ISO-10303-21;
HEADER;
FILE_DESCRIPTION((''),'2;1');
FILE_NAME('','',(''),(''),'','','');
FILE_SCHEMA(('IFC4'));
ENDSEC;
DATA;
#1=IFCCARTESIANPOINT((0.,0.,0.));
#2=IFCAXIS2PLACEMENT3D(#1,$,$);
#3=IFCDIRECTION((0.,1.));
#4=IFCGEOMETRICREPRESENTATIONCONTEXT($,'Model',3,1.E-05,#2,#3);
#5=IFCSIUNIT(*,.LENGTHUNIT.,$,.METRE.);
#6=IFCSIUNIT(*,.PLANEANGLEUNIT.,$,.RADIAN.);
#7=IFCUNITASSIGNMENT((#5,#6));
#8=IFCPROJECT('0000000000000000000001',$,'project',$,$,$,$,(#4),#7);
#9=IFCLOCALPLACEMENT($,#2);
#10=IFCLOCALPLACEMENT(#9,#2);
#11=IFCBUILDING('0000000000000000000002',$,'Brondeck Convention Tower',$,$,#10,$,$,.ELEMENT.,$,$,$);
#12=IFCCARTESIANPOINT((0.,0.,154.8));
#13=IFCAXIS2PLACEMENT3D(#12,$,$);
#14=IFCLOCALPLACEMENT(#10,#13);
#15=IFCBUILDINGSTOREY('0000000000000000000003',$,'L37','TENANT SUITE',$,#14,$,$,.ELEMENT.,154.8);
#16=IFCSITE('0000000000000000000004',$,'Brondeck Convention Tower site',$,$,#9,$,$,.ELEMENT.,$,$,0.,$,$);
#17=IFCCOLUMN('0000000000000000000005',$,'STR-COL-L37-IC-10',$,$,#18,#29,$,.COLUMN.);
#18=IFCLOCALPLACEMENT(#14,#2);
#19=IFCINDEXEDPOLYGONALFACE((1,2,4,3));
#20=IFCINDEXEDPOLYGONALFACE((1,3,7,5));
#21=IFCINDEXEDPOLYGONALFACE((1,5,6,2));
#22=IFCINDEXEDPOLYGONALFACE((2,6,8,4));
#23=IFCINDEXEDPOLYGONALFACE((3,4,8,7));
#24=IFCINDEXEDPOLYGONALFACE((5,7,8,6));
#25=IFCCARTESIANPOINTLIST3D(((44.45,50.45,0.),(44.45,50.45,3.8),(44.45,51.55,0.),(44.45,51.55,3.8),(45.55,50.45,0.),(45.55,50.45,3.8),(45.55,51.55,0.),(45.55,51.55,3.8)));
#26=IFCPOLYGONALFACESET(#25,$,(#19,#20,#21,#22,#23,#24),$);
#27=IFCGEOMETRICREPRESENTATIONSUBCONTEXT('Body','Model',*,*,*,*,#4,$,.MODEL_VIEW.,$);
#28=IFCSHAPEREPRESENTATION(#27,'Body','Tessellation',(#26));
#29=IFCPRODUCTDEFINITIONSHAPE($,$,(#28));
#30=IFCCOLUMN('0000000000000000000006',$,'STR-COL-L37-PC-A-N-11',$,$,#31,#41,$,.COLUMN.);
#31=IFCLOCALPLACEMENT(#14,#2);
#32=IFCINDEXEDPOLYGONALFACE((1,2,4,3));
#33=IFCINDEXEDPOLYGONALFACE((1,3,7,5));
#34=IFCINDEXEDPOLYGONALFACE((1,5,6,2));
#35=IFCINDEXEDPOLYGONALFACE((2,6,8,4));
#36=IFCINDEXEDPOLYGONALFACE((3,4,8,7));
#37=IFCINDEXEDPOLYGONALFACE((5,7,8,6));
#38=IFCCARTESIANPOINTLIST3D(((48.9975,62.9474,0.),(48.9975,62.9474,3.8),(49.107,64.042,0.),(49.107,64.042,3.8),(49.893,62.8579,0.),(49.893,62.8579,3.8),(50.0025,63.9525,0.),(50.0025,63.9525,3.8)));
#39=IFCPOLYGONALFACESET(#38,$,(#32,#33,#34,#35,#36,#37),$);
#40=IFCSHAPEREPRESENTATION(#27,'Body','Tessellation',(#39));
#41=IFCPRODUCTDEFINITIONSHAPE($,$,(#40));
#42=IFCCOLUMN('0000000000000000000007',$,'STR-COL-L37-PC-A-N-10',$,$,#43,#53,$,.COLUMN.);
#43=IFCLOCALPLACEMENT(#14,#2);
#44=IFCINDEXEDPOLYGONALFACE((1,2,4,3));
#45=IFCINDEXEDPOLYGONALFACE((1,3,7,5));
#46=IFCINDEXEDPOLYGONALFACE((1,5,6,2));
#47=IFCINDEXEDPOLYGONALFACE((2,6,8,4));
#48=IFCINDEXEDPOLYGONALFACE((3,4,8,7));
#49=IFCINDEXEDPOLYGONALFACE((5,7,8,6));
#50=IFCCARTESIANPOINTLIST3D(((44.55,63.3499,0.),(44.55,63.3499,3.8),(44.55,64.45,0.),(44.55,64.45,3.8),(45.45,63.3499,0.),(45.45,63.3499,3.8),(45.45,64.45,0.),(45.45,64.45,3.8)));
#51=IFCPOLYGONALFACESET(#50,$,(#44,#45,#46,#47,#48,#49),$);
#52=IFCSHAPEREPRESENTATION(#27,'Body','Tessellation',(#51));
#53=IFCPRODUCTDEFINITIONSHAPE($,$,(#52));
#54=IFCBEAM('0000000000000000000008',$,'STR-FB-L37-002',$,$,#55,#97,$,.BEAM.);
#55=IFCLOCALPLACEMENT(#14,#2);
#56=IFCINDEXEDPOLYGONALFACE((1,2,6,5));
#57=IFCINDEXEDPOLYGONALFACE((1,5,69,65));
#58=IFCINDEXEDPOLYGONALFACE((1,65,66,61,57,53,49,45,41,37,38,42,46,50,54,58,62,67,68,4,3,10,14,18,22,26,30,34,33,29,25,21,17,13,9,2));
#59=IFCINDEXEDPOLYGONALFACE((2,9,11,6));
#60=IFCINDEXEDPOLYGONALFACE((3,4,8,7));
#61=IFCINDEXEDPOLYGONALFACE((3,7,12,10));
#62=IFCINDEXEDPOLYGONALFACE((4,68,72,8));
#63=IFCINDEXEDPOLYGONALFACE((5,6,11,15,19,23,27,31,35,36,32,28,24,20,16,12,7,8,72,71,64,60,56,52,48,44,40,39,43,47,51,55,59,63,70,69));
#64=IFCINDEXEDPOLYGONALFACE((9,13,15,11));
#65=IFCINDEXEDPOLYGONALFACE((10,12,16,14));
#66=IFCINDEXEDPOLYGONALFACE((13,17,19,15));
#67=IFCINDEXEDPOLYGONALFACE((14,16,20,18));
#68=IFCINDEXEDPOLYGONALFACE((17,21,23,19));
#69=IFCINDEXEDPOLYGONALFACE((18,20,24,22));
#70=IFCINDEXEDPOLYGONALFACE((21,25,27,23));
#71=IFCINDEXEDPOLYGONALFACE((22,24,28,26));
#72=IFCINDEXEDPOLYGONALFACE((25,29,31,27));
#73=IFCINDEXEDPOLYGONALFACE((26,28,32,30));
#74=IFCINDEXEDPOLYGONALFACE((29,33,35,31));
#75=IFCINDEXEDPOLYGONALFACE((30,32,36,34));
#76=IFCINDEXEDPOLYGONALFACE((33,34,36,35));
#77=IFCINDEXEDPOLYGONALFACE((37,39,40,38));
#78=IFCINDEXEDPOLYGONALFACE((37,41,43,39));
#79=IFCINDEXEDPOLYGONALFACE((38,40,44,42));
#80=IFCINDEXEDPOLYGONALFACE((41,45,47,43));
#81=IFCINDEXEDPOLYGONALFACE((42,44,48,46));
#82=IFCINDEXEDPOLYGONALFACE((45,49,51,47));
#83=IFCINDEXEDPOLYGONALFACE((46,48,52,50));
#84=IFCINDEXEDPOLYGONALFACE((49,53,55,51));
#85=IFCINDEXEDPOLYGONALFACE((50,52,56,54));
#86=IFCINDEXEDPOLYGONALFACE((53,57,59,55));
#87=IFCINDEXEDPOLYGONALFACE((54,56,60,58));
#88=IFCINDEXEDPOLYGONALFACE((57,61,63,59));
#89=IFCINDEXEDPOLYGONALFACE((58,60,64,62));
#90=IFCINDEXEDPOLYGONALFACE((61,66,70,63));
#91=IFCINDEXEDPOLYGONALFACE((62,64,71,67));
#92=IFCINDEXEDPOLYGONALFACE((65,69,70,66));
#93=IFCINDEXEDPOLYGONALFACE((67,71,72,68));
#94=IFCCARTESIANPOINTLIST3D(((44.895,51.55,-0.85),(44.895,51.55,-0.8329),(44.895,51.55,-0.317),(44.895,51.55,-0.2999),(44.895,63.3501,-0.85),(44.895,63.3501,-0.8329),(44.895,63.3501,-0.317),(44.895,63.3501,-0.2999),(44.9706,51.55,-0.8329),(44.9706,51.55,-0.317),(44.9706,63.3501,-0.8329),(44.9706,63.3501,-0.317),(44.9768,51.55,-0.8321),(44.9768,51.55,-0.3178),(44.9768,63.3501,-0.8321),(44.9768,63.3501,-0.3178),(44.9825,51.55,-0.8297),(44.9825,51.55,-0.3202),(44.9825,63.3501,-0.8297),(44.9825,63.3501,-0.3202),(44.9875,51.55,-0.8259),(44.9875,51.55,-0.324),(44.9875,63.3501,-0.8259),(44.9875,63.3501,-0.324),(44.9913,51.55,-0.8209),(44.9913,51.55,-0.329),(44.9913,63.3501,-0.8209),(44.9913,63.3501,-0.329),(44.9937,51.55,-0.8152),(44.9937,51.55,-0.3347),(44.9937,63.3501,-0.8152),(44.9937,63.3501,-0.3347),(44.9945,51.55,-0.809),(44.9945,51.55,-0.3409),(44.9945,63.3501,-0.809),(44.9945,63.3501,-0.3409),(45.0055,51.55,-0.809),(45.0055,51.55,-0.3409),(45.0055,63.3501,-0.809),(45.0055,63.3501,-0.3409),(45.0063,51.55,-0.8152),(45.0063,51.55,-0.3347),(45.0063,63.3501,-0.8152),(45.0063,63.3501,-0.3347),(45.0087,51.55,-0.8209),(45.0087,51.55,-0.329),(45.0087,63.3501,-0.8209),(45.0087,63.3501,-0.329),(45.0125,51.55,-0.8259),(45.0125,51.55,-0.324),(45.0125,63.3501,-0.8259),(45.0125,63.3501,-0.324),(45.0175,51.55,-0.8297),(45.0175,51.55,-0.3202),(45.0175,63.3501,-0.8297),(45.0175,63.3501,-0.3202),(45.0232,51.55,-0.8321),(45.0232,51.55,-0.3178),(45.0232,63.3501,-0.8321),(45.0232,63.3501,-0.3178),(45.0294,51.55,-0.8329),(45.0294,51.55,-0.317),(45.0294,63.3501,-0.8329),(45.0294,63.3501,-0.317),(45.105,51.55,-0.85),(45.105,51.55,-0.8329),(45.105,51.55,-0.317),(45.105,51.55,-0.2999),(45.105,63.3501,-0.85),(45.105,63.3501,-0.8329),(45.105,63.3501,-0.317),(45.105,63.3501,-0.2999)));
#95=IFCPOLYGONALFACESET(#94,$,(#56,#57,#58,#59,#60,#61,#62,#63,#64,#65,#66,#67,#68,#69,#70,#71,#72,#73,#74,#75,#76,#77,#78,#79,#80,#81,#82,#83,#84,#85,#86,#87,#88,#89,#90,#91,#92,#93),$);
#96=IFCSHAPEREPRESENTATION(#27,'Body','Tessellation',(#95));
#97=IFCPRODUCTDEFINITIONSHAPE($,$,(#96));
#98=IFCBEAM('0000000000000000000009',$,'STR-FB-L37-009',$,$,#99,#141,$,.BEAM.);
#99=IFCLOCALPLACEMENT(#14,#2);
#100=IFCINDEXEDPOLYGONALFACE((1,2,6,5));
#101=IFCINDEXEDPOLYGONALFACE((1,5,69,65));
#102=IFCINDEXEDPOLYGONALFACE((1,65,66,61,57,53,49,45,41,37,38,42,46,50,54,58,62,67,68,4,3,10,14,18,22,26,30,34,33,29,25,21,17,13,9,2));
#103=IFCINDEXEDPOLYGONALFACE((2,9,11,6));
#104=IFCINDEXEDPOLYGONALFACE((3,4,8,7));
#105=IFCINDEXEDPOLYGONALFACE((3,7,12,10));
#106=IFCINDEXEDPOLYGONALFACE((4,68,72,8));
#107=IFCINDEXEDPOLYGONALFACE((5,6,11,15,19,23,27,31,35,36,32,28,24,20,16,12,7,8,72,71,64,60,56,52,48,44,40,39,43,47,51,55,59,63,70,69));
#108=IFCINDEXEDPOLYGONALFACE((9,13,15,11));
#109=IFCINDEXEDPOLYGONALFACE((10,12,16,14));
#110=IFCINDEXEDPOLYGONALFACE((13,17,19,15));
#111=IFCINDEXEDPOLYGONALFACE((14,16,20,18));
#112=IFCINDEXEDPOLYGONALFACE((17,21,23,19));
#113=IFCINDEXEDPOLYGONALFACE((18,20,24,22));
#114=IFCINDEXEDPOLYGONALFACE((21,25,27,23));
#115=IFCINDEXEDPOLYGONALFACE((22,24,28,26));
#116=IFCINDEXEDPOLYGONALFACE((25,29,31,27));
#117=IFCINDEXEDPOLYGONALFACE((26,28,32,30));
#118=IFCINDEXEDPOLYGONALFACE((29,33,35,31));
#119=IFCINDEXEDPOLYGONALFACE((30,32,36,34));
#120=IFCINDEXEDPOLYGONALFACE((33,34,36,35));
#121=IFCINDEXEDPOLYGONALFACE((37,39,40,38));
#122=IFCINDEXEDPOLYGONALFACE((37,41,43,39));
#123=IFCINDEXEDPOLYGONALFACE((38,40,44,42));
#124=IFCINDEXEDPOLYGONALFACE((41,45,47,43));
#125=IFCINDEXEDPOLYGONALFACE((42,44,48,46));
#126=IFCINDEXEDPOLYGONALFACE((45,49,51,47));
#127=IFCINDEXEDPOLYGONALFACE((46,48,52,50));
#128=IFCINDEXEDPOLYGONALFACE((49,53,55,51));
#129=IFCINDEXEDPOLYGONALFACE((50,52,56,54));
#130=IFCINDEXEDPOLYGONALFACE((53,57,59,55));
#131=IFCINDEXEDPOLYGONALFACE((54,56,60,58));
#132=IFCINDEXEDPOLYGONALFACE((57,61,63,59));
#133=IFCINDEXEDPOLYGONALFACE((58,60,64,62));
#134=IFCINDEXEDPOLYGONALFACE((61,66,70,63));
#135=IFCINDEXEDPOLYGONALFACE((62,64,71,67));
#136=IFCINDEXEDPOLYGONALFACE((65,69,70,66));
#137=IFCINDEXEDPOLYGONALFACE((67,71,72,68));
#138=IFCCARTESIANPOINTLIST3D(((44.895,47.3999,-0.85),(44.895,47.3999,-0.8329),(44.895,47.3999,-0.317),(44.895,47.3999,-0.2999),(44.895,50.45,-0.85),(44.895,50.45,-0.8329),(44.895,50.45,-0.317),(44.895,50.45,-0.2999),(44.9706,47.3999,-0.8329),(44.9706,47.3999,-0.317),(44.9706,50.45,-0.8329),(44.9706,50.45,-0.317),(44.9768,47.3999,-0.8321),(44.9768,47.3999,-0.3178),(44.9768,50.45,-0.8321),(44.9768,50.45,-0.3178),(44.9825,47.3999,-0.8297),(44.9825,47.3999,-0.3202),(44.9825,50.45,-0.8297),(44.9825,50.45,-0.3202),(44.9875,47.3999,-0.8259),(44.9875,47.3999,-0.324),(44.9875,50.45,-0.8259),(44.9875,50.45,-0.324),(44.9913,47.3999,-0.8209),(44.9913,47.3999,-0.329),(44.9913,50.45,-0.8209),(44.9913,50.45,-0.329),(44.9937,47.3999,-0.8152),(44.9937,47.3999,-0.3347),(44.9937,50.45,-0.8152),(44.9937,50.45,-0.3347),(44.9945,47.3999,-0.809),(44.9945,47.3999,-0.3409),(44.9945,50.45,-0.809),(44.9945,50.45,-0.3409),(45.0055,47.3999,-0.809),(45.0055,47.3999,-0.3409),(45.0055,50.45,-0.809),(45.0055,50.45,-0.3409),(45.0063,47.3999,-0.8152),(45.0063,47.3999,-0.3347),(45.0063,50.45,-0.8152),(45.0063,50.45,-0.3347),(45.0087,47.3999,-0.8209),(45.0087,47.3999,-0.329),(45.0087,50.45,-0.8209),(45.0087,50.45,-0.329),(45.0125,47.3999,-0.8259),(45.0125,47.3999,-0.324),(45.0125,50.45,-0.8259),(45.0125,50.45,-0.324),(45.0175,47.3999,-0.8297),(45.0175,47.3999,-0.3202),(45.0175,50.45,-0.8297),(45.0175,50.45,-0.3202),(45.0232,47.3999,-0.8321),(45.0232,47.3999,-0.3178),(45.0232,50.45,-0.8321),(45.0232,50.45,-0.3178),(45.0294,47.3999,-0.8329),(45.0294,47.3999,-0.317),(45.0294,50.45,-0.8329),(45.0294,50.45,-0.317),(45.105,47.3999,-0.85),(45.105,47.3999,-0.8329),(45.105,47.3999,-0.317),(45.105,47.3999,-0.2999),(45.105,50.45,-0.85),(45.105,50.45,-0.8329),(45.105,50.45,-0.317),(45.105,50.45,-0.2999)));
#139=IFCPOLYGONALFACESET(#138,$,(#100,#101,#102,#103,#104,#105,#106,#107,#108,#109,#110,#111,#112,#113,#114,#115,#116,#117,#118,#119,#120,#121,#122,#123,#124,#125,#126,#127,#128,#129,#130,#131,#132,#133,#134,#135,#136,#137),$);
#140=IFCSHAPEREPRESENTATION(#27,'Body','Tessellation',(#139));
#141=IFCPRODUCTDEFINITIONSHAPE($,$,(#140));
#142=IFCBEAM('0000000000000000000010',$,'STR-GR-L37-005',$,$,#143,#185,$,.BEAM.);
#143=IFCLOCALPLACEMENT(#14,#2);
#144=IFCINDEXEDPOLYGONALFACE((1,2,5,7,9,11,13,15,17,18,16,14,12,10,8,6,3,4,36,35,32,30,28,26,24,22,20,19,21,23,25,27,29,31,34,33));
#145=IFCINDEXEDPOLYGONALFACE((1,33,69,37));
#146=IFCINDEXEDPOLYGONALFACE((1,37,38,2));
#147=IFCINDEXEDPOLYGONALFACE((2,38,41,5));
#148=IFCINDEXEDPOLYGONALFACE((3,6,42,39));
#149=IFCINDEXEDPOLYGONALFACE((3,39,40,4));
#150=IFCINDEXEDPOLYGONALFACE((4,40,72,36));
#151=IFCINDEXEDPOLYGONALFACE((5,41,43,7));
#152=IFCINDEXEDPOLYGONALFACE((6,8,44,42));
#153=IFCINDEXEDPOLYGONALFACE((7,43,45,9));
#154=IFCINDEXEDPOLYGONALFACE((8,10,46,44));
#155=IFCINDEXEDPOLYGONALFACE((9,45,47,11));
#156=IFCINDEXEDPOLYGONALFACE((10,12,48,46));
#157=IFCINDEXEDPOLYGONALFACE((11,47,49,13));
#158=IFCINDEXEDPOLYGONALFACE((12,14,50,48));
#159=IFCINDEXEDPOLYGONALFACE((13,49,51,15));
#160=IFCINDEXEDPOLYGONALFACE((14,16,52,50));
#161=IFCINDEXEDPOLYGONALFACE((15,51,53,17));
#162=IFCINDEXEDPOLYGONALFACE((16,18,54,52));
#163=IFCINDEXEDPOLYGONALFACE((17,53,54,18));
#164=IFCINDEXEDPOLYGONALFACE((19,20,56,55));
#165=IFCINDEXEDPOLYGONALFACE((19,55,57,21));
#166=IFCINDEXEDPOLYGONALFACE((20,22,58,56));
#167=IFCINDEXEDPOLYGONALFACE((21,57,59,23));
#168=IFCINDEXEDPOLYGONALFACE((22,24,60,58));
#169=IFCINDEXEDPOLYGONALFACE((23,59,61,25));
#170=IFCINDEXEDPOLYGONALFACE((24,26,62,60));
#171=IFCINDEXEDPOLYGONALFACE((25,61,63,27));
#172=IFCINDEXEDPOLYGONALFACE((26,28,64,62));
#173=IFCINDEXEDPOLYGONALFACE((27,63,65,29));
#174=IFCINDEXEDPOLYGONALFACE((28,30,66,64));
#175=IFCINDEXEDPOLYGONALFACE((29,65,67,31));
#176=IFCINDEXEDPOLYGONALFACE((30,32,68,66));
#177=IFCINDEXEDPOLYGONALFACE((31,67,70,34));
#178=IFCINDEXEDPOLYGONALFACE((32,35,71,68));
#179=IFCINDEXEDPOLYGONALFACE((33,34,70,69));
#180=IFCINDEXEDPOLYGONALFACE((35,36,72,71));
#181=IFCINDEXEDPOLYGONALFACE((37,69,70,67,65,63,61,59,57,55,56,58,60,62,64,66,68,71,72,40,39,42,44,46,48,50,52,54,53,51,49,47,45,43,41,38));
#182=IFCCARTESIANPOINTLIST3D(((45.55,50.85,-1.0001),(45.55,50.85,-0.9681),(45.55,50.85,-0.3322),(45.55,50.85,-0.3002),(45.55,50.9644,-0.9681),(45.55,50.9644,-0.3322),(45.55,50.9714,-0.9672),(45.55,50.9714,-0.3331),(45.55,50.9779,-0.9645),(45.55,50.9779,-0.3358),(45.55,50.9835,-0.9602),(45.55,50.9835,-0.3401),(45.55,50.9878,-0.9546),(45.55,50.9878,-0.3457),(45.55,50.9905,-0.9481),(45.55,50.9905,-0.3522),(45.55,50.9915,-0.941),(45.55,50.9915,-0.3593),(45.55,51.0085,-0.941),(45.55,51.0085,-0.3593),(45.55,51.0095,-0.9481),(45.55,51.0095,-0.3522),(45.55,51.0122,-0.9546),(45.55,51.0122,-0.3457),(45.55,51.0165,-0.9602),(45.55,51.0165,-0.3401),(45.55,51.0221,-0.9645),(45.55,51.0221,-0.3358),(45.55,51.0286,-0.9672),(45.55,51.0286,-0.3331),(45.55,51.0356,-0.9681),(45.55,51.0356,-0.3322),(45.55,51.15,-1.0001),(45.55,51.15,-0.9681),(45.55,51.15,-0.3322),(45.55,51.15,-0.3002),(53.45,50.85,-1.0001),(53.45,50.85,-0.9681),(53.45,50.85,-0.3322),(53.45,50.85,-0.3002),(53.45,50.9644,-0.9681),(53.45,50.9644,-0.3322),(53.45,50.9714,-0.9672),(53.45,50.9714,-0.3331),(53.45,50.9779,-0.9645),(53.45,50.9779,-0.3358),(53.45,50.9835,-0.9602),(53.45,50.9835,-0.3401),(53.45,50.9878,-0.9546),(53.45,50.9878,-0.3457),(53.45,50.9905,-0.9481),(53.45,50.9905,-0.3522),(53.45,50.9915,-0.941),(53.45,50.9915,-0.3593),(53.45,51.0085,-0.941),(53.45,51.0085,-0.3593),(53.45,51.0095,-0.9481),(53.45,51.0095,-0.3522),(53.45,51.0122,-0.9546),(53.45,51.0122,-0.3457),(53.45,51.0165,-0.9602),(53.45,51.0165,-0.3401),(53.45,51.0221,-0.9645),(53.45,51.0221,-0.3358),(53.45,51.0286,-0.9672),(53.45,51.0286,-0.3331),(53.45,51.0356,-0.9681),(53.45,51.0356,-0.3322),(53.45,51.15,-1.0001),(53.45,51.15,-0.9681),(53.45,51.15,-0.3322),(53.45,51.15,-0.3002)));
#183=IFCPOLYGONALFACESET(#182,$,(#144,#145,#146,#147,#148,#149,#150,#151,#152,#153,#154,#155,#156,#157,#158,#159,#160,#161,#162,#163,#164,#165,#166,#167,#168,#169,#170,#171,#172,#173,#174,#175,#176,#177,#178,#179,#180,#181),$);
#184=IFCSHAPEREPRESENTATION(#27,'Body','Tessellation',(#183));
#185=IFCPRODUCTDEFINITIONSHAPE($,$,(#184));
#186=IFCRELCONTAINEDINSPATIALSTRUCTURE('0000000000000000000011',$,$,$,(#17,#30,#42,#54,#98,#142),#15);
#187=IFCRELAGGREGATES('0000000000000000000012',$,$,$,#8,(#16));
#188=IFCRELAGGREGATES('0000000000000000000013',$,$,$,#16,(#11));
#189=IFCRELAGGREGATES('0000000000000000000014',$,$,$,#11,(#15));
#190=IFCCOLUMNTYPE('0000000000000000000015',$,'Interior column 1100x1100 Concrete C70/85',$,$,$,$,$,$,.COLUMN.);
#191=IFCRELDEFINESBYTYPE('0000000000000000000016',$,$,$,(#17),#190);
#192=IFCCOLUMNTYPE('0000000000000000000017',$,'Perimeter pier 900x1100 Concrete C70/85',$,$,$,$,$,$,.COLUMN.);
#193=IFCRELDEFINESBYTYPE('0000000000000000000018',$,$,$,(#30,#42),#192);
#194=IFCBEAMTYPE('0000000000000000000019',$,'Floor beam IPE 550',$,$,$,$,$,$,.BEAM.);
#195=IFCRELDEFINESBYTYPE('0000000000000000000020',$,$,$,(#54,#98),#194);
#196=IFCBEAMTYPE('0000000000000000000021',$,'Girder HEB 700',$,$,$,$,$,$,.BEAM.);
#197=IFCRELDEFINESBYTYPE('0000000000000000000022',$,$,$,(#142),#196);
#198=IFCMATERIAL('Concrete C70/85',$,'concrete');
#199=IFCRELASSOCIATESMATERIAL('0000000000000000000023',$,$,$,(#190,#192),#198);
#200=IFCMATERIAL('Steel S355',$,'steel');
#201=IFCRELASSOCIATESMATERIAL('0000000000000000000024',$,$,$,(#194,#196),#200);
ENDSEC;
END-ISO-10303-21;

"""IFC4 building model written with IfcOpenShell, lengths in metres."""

from ifc_helpers import new_model, si_unit, direction, frame, origin, origin_2d, place, context, subcontext, project, spatial, rectangle, i_section, extrude, material, material_profile, profile_set, type_object, element, save


model = new_model("IFC4")

# Units and contexts
model_context = context("Model", 3, precision=1e-05, world=origin(), true_north=direction((0.0, 1.0)))
body_context = subcontext(model_context, "Body", "Model", "MODEL_VIEW")
ifc_project = project(units=[si_unit("LENGTHUNIT", "METRE"), si_unit("PLANEANGLEUNIT", "RADIAN")], contexts=[model_context])

# Site, building, storey
site_placement = place(None, origin())
site = spatial("IfcSite", under=ifc_project, at=site_placement, Name="Brondeck Convention Tower site", CompositionType="ELEMENT", RefElevation=0.0)
building_placement = place(site_placement, origin())
building = spatial("IfcBuilding", under=site, at=building_placement, Name="Brondeck Convention Tower", CompositionType="ELEMENT")
storey_placement = place(building_placement, frame((0.0, 0.0, 154.8)))
storey = spatial("IfcBuildingStorey", under=building, at=storey_placement, Name="L37", Description="TENANT SUITE", CompositionType="ELEMENT", Elevation=154.8)

# Columns
ifc_material_1 = material(Name="Concrete C70/85", Category="concrete")
ifc_material_profile_1 = material_profile(ifc_material_1, rectangle(XDim=1.1001, YDim=1.1001, at=origin_2d()), Name="Interior column 1100x1100 Concrete C70/85")
ifc_profile_set_1 = profile_set([ifc_material_profile_1], Name="Concrete C70/85")
column_type_1 = type_object("IfcColumnType", Name="Interior column 1100x1100 Concrete C70/85", PredefinedType="COLUMN", material=ifc_profile_set_1)
column_placement = place(storey_placement, frame((45.0, 51.0, 0.0), z_axis=(0.0, 0.0, 1.0), x_axis=(1.0, 0.0, 0.0)))
element("IfcColumn", 1, at=column_placement, inside=storey, type_object=column_type_1, Name="STR-COL-L37-IC-10", PredefinedType="COLUMN", context=body_context, shape_type="SweptSolid", body=[
    extrude(rectangle(XDim=1.1001, YDim=1.1001, at=origin_2d()), origin(), (0.0, 0.0, 1.0), 3.8),
])
ifc_material_profile_2 = material_profile(ifc_material_1, rectangle(XDim=0.8999, YDim=1.1001, at=origin_2d()), Name="Perimeter pier 900x1100 Concrete C70/85")
ifc_profile_set_2 = profile_set([ifc_material_profile_2], Name="Concrete C70/85")
column_type_2 = type_object("IfcColumnType", Name="Perimeter pier 900x1100 Concrete C70/85", PredefinedType="COLUMN", material=ifc_profile_set_2)
for number, where, z_axis, x_axis, name in (
    (2, (49.5, 63.45, 0.0), (0.0, 0.0, 1.0), (-0.995037, 0.099504, 0.0), "STR-COL-L37-PC-A-N-11"),
    (3, (45.0, 63.8999, 0.0), (0.0, 0.0, 1.0), (-1.0, 0.0, 0.0), "STR-COL-L37-PC-A-N-10"),
):
    element("IfcColumn", number, at=place(storey_placement, frame(where, z_axis=z_axis, x_axis=x_axis)), inside=storey, type_object=column_type_2, Name=name, PredefinedType="COLUMN", context=body_context, shape_type="SweptSolid", body=[
        extrude(rectangle(XDim=0.8999, YDim=1.1001, at=origin_2d()), origin(), (0.0, 0.0, 1.0), 3.8),
    ])

# Beams
ifc_material_2 = material(Name="Steel S355", Category="steel")
ifc_material_profile_3 = material_profile(ifc_material_2, i_section(OverallWidth=0.21, OverallDepth=0.55, WebThickness=0.011, FlangeThickness=0.0171, FilletRadius=0.0239, at=origin_2d()), Name="IPE 550")
ifc_profile_set_3 = profile_set([ifc_material_profile_3], Name="Steel S355")
beam_type_1 = type_object("IfcBeamType", Name="Floor beam IPE 550", PredefinedType="BEAM", material=ifc_profile_set_3)
beam_1_placement = place(storey_placement, frame((45.0, 51.55, -0.575), z_axis=(0.0, 1.0, 0.0), x_axis=(-1.0, 0.0, 0.0)))
element("IfcBeam", 4, at=beam_1_placement, inside=storey, type_object=beam_type_1, Name="STR-FB-L37-002", PredefinedType="BEAM", context=body_context, shape_type="SweptSolid", body=[
    extrude(i_section(OverallWidth=0.21, OverallDepth=0.55, WebThickness=0.011, FlangeThickness=0.0171, FilletRadius=0.0239, at=origin_2d()), origin(), (0.0, 0.0, 1.0), 11.8),
])
beam_2_placement = place(storey_placement, frame((45.0, 47.3999, -0.575), z_axis=(0.0, 1.0, 0.0), x_axis=(-1.0, 0.0, 0.0)))
element("IfcBeam", 5, at=beam_2_placement, inside=storey, type_object=beam_type_1, Name="STR-FB-L37-009", PredefinedType="BEAM", context=body_context, shape_type="SweptSolid", body=[
    extrude(i_section(OverallWidth=0.21, OverallDepth=0.55, WebThickness=0.011, FlangeThickness=0.0171, FilletRadius=0.0239, at=origin_2d()), origin(), (0.0, 0.0, 1.0), 3.05),
])
ifc_material_profile_4 = material_profile(ifc_material_2, i_section(OverallWidth=0.3, OverallDepth=0.7, WebThickness=0.0171, FlangeThickness=0.032, FilletRadius=0.0271, at=origin_2d()), Name="HEB 700")
ifc_profile_set_4 = profile_set([ifc_material_profile_4], Name="Steel S355")
beam_type_2 = type_object("IfcBeamType", Name="Girder HEB 700", PredefinedType="BEAM", material=ifc_profile_set_4)
beam_3_placement = place(storey_placement, frame((45.55, 51.0, -0.6501), z_axis=(1.0, 0.0, 0.0), x_axis=(0.0, 1.0, 0.0)))
element("IfcBeam", 6, at=beam_3_placement, inside=storey, type_object=beam_type_2, Name="STR-GR-L37-005", PredefinedType="BEAM", context=body_context, shape_type="SweptSolid", body=[
    extrude(i_section(OverallWidth=0.3, OverallDepth=0.7, WebThickness=0.0171, FlangeThickness=0.032, FilletRadius=0.0271, at=origin_2d()), origin(), (0.0, 0.0, 1.0), 7.8999),
])

save(model, "model.ifc")
